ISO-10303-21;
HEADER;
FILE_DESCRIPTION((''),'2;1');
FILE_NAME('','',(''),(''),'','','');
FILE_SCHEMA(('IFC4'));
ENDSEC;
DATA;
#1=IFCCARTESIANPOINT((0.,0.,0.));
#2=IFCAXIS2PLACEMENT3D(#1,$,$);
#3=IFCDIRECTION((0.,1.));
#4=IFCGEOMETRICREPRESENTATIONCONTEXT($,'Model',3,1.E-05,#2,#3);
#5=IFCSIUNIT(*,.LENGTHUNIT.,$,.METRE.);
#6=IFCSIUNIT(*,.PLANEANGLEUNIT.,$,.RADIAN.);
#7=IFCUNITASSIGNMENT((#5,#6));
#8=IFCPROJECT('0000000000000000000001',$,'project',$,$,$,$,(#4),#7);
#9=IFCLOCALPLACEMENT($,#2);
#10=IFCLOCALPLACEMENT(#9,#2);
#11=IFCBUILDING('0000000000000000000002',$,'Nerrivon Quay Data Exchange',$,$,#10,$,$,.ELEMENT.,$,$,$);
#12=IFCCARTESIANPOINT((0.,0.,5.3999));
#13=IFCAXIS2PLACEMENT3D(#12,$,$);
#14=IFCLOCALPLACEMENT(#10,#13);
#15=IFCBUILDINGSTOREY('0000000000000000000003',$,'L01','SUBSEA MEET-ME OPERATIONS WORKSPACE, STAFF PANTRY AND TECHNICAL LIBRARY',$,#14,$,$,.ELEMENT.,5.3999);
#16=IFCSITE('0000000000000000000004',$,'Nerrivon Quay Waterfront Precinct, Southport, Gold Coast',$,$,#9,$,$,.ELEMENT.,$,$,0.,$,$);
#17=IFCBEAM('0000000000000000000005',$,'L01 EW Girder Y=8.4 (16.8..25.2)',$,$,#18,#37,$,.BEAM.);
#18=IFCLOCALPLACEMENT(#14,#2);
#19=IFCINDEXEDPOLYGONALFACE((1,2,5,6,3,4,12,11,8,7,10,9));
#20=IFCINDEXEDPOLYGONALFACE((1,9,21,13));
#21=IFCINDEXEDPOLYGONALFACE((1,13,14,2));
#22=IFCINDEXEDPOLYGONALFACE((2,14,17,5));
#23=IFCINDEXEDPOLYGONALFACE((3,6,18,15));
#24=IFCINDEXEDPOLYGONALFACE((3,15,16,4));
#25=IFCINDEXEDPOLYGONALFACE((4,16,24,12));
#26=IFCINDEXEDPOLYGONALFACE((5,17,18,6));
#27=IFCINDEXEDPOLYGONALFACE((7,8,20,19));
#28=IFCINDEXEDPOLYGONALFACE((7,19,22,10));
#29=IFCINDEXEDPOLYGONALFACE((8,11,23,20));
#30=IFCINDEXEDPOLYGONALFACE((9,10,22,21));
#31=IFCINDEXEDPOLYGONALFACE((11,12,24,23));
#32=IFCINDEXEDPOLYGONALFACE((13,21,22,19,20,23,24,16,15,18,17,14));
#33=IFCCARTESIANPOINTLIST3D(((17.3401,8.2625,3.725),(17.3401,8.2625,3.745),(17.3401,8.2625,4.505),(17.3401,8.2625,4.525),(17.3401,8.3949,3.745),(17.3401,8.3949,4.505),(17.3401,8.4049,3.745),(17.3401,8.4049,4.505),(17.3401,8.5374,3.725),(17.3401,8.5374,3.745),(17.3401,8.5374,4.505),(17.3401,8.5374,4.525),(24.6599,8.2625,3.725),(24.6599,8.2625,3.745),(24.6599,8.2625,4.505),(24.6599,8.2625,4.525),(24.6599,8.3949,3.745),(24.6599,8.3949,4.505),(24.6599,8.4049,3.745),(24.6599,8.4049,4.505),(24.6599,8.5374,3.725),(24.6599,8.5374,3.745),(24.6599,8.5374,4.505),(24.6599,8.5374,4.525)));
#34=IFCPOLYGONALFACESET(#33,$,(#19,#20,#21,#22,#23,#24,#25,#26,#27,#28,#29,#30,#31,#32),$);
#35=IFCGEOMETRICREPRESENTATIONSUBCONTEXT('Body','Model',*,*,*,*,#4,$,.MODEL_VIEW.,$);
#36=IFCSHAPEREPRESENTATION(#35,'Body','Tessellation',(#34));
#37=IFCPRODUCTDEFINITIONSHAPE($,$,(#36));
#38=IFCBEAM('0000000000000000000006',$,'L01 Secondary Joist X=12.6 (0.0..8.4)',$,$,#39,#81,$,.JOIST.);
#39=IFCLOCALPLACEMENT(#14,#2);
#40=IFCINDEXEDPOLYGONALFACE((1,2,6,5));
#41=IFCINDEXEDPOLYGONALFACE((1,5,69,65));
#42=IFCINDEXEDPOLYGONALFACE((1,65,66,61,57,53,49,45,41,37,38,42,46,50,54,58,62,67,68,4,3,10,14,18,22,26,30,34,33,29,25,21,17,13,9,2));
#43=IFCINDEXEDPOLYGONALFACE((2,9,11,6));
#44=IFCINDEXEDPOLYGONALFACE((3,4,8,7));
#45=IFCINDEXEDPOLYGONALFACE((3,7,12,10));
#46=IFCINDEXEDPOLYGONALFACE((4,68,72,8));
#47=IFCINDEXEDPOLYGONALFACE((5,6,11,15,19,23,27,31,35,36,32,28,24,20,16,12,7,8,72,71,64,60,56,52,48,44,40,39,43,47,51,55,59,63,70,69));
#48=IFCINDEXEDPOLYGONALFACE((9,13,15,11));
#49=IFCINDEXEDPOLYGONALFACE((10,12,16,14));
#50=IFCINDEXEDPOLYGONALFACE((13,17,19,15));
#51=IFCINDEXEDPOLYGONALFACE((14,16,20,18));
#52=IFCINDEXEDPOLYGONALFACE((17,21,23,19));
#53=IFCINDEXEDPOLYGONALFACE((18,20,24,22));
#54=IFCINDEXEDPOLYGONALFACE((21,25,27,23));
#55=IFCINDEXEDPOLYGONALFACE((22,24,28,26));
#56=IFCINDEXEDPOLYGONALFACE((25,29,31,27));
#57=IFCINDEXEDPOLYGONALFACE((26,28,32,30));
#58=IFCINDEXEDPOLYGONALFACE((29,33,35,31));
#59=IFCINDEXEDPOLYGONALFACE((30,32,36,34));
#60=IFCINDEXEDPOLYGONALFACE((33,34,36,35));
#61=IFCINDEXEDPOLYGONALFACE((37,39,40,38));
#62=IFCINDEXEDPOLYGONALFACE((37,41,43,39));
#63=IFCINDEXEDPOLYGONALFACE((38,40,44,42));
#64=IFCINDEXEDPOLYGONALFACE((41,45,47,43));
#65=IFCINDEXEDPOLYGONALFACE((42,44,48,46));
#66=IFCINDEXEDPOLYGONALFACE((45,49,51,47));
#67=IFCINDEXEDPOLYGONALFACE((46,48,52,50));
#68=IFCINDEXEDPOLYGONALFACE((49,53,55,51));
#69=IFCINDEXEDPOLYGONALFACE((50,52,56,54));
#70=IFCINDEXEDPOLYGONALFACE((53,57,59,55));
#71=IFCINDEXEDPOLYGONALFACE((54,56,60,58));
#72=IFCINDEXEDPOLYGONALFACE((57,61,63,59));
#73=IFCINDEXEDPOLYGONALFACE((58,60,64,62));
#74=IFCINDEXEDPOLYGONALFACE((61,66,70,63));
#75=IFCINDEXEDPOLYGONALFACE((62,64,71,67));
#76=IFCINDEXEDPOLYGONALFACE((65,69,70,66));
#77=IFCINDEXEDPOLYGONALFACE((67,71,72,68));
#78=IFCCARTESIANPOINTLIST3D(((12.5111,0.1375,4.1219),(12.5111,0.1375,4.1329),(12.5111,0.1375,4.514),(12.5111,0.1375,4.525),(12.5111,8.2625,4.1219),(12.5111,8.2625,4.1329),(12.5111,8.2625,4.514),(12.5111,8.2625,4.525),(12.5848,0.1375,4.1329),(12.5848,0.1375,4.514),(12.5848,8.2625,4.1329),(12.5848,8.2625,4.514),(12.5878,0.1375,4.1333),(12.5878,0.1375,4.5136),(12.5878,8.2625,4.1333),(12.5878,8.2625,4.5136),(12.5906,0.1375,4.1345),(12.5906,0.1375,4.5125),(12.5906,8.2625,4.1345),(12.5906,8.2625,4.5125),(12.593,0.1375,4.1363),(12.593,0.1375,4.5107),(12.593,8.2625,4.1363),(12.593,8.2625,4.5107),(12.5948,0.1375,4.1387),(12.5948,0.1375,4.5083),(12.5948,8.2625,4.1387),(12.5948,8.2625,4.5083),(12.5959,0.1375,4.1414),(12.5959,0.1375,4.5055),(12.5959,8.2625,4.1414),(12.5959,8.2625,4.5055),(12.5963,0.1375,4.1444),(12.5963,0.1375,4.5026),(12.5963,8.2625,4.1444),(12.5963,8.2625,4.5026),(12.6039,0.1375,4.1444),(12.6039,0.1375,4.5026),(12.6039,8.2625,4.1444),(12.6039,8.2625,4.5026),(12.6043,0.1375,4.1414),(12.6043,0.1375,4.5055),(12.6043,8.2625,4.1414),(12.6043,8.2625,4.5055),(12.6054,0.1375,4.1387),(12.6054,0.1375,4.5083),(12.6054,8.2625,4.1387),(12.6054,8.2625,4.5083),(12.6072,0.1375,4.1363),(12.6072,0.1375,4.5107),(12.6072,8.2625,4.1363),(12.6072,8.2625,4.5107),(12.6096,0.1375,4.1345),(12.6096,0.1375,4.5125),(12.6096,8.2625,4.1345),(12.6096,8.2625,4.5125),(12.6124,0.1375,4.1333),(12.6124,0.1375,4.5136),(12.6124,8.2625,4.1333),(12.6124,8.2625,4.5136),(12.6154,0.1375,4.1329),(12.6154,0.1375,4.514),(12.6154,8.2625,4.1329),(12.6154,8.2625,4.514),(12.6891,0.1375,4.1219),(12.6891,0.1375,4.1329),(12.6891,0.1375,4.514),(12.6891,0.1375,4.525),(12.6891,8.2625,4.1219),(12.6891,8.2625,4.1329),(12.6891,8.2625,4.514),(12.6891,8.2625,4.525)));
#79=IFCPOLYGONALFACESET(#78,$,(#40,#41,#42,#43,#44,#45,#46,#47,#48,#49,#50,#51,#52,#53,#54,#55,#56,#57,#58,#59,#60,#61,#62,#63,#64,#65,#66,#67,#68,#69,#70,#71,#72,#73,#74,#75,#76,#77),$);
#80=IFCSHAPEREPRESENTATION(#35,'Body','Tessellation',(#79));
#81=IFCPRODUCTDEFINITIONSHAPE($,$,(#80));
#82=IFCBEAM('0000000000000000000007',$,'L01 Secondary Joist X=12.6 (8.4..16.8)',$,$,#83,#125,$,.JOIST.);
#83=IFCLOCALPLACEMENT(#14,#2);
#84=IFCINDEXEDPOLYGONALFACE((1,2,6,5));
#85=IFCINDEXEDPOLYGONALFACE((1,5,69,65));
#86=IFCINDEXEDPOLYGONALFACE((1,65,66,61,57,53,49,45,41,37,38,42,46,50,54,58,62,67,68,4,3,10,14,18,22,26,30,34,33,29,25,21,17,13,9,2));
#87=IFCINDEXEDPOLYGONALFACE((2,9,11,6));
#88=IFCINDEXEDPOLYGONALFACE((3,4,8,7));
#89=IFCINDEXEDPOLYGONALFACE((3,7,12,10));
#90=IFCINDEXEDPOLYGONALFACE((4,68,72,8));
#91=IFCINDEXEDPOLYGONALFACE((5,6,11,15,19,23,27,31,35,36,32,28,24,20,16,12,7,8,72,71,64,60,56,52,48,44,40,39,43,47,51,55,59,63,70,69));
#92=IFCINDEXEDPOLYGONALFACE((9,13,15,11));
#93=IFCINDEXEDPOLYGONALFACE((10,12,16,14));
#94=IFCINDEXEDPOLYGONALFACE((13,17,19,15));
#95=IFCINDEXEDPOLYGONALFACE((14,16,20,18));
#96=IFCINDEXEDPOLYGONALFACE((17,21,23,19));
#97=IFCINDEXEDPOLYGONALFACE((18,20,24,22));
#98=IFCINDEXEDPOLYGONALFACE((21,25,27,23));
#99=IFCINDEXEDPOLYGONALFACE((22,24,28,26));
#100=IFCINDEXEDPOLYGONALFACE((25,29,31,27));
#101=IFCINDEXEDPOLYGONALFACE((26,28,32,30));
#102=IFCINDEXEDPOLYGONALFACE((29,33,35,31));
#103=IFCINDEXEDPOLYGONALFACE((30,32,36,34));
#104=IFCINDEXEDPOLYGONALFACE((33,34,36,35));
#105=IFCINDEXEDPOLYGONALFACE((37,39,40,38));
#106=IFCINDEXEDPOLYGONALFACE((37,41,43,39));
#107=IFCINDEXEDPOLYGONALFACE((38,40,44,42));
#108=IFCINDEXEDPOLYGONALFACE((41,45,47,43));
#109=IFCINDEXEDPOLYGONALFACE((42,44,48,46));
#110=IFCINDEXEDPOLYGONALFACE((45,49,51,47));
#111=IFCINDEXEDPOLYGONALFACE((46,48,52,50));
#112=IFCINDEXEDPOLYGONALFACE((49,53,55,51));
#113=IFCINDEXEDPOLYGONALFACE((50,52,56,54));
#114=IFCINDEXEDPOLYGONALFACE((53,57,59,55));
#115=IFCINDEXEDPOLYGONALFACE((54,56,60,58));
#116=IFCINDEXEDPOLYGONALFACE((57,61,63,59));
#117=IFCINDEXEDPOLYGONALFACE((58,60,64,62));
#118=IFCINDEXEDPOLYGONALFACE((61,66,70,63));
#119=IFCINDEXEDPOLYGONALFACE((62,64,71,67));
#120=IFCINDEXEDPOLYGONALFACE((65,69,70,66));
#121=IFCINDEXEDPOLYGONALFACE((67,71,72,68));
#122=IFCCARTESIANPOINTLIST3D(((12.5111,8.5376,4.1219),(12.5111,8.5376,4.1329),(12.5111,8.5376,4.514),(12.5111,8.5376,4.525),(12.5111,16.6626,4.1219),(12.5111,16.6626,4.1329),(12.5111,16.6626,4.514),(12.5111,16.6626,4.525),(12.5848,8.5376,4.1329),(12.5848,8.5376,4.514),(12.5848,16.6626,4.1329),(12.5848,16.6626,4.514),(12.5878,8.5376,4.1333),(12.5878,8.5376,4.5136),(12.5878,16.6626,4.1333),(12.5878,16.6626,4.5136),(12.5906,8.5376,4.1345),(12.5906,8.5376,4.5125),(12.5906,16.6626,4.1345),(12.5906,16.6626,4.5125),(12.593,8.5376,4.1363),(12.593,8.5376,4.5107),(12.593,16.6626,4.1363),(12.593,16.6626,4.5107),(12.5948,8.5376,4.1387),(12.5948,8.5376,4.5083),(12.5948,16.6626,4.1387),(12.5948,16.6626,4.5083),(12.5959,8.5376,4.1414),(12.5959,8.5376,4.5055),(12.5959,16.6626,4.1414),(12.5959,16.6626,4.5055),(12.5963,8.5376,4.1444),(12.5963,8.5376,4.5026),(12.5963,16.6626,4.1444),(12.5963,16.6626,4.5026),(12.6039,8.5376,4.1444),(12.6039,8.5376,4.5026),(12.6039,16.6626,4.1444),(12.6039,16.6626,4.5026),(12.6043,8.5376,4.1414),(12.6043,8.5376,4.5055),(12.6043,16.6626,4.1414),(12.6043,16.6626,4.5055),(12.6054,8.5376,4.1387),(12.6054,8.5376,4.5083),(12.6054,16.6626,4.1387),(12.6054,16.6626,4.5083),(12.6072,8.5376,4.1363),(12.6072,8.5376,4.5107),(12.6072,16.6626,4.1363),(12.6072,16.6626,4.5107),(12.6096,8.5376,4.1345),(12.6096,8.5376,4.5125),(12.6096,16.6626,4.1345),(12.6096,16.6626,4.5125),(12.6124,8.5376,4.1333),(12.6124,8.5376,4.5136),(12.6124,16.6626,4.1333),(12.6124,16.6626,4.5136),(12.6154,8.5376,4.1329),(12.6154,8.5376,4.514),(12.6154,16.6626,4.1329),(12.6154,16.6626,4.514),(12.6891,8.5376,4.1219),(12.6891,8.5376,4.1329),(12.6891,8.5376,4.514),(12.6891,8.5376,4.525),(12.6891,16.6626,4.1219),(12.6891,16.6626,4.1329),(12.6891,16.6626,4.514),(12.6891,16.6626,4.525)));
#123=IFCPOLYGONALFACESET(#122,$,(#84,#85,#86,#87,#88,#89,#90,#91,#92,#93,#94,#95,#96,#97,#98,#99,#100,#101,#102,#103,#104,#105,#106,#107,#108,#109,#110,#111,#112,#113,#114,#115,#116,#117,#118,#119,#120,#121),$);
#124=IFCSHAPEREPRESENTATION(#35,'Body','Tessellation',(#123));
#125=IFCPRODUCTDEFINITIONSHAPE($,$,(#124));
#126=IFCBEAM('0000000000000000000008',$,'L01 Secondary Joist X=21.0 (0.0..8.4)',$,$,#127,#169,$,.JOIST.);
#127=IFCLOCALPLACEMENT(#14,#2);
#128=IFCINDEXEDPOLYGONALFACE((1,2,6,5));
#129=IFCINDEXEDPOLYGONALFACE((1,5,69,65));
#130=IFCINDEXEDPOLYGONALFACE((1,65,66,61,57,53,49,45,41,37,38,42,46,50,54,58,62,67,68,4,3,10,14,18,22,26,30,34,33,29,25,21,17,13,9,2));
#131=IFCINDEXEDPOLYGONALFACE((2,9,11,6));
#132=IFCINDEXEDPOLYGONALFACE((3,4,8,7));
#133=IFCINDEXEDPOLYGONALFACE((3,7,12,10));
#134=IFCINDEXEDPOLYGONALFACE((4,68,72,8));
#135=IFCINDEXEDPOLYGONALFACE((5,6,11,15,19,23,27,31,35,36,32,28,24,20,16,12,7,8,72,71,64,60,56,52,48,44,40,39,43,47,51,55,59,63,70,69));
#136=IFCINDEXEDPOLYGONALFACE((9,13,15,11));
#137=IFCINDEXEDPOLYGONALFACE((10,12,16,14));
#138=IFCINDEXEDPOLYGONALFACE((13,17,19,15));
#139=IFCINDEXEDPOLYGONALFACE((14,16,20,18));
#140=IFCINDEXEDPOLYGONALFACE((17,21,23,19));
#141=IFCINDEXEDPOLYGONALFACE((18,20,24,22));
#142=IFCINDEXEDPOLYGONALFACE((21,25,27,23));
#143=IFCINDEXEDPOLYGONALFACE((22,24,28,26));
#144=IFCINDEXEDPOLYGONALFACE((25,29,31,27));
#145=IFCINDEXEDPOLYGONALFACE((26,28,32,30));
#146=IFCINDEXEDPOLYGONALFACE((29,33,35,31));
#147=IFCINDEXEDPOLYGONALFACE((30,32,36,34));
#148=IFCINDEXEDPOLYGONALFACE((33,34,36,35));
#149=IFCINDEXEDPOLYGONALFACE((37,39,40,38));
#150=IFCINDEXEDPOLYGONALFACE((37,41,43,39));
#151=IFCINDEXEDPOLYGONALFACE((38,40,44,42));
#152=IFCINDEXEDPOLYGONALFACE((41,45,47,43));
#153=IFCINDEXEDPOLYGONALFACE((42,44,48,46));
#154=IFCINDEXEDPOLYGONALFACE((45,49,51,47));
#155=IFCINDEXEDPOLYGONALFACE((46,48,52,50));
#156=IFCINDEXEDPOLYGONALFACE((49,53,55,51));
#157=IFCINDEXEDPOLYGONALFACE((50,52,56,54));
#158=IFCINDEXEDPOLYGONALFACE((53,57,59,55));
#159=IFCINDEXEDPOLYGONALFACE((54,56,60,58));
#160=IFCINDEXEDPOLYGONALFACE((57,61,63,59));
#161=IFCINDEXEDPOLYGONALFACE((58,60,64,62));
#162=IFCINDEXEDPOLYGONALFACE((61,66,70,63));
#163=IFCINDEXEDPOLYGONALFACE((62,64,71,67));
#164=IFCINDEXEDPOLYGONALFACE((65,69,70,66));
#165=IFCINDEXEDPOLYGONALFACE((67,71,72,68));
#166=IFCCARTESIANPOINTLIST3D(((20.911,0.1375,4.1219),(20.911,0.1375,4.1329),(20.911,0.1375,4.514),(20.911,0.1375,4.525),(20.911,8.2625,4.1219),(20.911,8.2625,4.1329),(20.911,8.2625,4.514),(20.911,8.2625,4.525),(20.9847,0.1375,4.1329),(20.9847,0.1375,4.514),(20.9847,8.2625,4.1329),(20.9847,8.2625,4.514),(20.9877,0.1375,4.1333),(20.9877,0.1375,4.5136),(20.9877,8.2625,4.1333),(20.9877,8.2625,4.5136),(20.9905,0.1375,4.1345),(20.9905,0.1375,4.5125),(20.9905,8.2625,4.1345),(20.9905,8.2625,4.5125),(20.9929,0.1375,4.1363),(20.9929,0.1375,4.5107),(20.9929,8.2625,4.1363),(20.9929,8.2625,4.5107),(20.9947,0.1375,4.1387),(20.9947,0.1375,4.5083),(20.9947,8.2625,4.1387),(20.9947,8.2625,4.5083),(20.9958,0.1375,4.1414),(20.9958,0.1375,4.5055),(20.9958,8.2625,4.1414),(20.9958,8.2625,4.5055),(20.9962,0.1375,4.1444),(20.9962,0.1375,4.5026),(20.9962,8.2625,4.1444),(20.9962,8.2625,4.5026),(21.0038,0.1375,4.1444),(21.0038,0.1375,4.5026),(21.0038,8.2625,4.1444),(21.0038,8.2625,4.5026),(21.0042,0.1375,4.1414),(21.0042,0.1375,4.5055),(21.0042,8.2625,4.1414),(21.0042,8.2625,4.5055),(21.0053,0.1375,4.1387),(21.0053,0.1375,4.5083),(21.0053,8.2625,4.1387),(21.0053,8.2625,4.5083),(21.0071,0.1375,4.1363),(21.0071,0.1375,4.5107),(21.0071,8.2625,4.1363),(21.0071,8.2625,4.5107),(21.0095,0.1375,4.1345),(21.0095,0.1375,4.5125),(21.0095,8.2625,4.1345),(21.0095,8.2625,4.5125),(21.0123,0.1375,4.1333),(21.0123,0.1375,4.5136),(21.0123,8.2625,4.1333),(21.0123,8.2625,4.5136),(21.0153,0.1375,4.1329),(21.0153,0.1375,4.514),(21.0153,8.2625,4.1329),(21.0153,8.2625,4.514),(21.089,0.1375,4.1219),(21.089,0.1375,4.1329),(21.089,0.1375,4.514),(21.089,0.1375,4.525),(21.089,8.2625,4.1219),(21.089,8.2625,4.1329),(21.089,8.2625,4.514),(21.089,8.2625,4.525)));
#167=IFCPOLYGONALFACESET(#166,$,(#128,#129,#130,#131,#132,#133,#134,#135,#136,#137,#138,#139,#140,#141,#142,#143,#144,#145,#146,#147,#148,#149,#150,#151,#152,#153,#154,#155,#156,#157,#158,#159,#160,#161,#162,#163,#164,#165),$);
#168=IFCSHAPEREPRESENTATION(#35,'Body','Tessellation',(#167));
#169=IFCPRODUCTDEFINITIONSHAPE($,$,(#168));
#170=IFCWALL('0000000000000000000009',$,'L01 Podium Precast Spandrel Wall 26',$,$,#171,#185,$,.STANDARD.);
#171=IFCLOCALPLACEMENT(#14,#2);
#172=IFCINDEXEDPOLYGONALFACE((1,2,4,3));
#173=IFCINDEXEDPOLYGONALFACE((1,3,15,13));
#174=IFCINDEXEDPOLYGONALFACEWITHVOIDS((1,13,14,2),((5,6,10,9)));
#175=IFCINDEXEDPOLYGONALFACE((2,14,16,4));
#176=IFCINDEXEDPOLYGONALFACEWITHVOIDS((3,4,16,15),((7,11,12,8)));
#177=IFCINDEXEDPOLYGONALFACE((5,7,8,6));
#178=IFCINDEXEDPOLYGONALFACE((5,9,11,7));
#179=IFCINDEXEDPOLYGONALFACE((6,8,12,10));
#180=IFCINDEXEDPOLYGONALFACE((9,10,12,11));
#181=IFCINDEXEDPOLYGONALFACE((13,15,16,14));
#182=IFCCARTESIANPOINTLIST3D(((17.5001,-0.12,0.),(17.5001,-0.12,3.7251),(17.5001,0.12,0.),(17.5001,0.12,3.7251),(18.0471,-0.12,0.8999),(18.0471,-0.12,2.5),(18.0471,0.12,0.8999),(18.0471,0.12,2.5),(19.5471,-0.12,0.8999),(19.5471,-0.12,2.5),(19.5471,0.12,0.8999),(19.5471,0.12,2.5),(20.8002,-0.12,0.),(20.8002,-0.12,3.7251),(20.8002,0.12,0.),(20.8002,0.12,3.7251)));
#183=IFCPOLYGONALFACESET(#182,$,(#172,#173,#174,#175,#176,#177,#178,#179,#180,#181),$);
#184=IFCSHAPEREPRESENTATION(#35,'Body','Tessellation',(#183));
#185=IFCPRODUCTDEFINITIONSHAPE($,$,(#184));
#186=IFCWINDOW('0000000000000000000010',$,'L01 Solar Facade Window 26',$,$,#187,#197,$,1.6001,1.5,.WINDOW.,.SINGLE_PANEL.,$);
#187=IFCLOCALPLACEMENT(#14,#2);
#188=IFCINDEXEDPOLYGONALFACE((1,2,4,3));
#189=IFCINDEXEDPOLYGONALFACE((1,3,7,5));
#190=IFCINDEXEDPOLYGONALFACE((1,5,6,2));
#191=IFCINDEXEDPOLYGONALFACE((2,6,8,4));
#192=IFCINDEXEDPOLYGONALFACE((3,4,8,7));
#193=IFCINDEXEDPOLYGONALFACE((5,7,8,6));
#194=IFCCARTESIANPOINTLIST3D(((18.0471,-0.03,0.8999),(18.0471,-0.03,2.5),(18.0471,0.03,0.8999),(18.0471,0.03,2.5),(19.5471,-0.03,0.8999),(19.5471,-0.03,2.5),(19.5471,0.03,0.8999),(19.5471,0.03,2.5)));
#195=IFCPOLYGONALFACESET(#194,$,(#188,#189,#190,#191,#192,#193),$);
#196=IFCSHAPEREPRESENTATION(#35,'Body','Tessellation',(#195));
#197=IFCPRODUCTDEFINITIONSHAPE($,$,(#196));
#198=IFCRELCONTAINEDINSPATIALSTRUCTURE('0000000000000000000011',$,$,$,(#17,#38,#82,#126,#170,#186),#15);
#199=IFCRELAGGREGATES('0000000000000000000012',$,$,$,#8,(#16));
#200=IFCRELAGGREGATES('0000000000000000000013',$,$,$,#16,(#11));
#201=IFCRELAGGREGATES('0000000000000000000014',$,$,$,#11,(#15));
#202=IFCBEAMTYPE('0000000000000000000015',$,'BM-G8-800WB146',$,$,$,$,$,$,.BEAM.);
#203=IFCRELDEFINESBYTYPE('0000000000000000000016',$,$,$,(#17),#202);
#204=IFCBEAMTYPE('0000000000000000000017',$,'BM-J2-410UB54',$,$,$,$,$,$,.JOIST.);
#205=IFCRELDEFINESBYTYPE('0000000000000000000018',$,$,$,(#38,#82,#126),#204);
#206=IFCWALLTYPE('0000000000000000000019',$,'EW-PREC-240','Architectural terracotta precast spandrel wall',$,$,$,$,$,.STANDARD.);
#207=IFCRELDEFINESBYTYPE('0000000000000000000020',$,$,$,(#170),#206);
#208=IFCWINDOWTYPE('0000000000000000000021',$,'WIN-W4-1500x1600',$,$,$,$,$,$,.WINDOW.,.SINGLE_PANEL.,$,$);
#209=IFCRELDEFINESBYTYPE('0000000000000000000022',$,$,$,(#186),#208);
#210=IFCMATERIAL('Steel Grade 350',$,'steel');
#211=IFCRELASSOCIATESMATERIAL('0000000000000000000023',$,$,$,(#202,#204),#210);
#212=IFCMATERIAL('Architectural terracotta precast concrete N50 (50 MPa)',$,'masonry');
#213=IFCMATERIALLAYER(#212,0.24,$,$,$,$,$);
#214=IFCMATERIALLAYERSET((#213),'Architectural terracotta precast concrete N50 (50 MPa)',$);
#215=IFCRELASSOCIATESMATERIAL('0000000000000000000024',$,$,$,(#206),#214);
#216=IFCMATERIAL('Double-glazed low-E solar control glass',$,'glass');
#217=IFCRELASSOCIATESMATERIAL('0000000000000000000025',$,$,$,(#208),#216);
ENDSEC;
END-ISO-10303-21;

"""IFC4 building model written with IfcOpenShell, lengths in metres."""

from ifc_helpers import new_model, si_unit, direction, frame, frame_2d, origin, origin_2d, place, context, subcontext, project, spatial, rectangle, i_section, extrude, material, layer, layer_set, material_profile, profile_set, type_object, element, fill, save


model = new_model("IFC4")

# Units and contexts
model_context = context("Model", 3, precision=1e-05, world=origin(), true_north=direction((0.0, 1.0)))
body_context = subcontext(model_context, "Body", "Model", "MODEL_VIEW")
ifc_project = project(units=[si_unit("LENGTHUNIT", "METRE"), si_unit("PLANEANGLEUNIT", "RADIAN")], contexts=[model_context])

# Site, building, storey
site_placement = place(None, origin())
site = spatial("IfcSite", under=ifc_project, at=site_placement, Name="Nerrivon Quay Waterfront Precinct, Southport, Gold Coast", CompositionType="ELEMENT", RefElevation=0.0)
building_placement = place(site_placement, origin())
building = spatial("IfcBuilding", under=site, at=building_placement, Name="Nerrivon Quay Data Exchange", CompositionType="ELEMENT")
storey_placement = place(building_placement, frame((0.0, 0.0, 5.3999)))
storey = spatial("IfcBuildingStorey", under=building, at=storey_placement, Name="L01", Description="SUBSEA MEET-ME OPERATIONS WORKSPACE, STAFF PANTRY AND TECHNICAL LIBRARY", CompositionType="ELEMENT", Elevation=5.3999)

# Beams
ifc_material_1 = material(Name="Steel Grade 350", Category="steel")
ifc_material_profile_1 = material_profile(ifc_material_1, i_section(OverallWidth=0.2749, OverallDepth=0.8, WebThickness=0.01, FlangeThickness=0.02, at=origin_2d()), Name="800WB146")
ifc_profile_set_1 = profile_set([ifc_material_profile_1], Name="Steel Grade 350")
beam_type_1 = type_object("IfcBeamType", Name="BM-G8-800WB146", PredefinedType="BEAM", material=ifc_profile_set_1)
beam_1_placement = place(storey_placement, frame((17.3401, 8.3999, 4.125), z_axis=(1.0, 0.0, 0.0), x_axis=(0.0, 1.0, 0.0)))
element("IfcBeam", 1, at=beam_1_placement, inside=storey, type_object=beam_type_1, Name="L01 EW Girder Y=8.4 (16.8..25.2)", PredefinedType="BEAM", context=body_context, shape_type="SweptSolid", body=[
    extrude(i_section(OverallWidth=0.2749, OverallDepth=0.8, WebThickness=0.01, FlangeThickness=0.02, at=origin_2d()), origin(), (0.0, 0.0, 1.0), 7.3198),
])
ifc_material_profile_2 = material_profile(ifc_material_1, i_section(OverallWidth=0.178, OverallDepth=0.4031, WebThickness=0.0076, FlangeThickness=0.011, FilletRadius=0.0115, at=origin_2d()), Name="410UB53.7")
ifc_profile_set_2 = profile_set([ifc_material_profile_2], Name="Steel Grade 350")
beam_type_2 = type_object("IfcBeamType", Name="BM-J2-410UB54", PredefinedType="JOIST", material=ifc_profile_set_2)
for number, where, z_axis, x_axis, name in (
    (2, (12.6001, 0.1375, 4.3235), (0.0, 1.0, 0.0), (-1.0, 0.0, 0.0), "L01 Secondary Joist X=12.6 (0.0..8.4)"),
    (3, (12.6001, 8.5376, 4.3235), (0.0, 1.0, 0.0), (-1.0, 0.0, 0.0), "L01 Secondary Joist X=12.6 (8.4..16.8)"),
    (4, (21.0, 0.1375, 4.3235), (0.0, 1.0, 0.0), (-1.0, 0.0, 0.0), "L01 Secondary Joist X=21.0 (0.0..8.4)"),
):
    element("IfcBeam", number, at=place(storey_placement, frame(where, z_axis=z_axis, x_axis=x_axis)), inside=storey, type_object=beam_type_2, Name=name, PredefinedType="JOIST", context=body_context, shape_type="SweptSolid", body=[
        extrude(i_section(OverallWidth=0.178, OverallDepth=0.4031, WebThickness=0.0076, FlangeThickness=0.011, FilletRadius=0.0115, at=origin_2d()), origin(), (0.0, 0.0, 1.0), 8.125),
    ])

# Wall, opening, window
ifc_material_2 = material(Name="Architectural terracotta precast concrete N50 (50 MPa)", Category="masonry")
ifc_layer_1 = layer(ifc_material_2, 0.24)
ifc_layer_set_1 = layer_set([ifc_layer_1], Name="Architectural terracotta precast concrete N50 (50 MPa)")
wall_type_1 = type_object("IfcWallType", Name="EW-PREC-240", Description="Architectural terracotta precast spandrel wall", PredefinedType="STANDARD", material=ifc_layer_set_1)
wall_1_placement = place(storey_placement, frame((20.8, 0.0, 0.0), z_axis=(0.0, 0.0, 1.0), x_axis=(-1.0, 0.0, 0.0)))
wall_1 = element("IfcWall", 5, at=wall_1_placement, inside=storey, type_object=wall_type_1, Name="L01 Podium Precast Spandrel Wall 26", PredefinedType="STANDARD", context=body_context, shape_type="SweptSolid", body=[
    extrude(rectangle(XDim=3.3, YDim=0.24, at=frame_2d((1.6499, 0.0))), origin(), (0.0, 0.0, 1.0), 3.7251),
])
opening_1_placement = place(wall_1_placement, frame((1.2529, 0.0, 0.8999)))
opening_1 = element("IfcOpeningElement", 6, at=opening_1_placement, cuts=wall_1, PredefinedType="OPENING", context=body_context, shape_type="SweptSolid", body=[
    extrude(rectangle(XDim=1.5, YDim=1.6001, at=frame_2d((0.75, 0.8))), frame((0.0, 0.1299, 0.0), z_axis=(0.0, -1.0, 0.0), x_axis=(1.0, 0.0, 0.0)), (0.0, 0.0, 1.0), 0.26),
])
ifc_material_3 = material(Name="Double-glazed low-E solar control glass", Category="glass")
window_type_1 = type_object("IfcWindowType", Name="WIN-W4-1500x1600", PartitioningType="SINGLE_PANEL", PredefinedType="WINDOW", material=ifc_material_3)
window_1_placement = place(opening_1_placement, origin())
window_1 = element("IfcWindow", 7, at=window_1_placement, inside=storey, type_object=window_type_1, Name="L01 Solar Facade Window 26", OverallHeight=1.6001, OverallWidth=1.5, PartitioningType="SINGLE_PANEL", PredefinedType="WINDOW", context=body_context, shape_type="SweptSolid", body=[
    extrude(rectangle(XDim=1.5, YDim=1.6001, at=frame_2d((0.75, 0.8))), frame((0.0, 0.03, 0.0), z_axis=(0.0, -1.0, 0.0), x_axis=(1.0, 0.0, 0.0)), (0.0, 0.0, 1.0), 0.0601),
])
fill(opening_1, window_1)

save(model, "model.ifc")
